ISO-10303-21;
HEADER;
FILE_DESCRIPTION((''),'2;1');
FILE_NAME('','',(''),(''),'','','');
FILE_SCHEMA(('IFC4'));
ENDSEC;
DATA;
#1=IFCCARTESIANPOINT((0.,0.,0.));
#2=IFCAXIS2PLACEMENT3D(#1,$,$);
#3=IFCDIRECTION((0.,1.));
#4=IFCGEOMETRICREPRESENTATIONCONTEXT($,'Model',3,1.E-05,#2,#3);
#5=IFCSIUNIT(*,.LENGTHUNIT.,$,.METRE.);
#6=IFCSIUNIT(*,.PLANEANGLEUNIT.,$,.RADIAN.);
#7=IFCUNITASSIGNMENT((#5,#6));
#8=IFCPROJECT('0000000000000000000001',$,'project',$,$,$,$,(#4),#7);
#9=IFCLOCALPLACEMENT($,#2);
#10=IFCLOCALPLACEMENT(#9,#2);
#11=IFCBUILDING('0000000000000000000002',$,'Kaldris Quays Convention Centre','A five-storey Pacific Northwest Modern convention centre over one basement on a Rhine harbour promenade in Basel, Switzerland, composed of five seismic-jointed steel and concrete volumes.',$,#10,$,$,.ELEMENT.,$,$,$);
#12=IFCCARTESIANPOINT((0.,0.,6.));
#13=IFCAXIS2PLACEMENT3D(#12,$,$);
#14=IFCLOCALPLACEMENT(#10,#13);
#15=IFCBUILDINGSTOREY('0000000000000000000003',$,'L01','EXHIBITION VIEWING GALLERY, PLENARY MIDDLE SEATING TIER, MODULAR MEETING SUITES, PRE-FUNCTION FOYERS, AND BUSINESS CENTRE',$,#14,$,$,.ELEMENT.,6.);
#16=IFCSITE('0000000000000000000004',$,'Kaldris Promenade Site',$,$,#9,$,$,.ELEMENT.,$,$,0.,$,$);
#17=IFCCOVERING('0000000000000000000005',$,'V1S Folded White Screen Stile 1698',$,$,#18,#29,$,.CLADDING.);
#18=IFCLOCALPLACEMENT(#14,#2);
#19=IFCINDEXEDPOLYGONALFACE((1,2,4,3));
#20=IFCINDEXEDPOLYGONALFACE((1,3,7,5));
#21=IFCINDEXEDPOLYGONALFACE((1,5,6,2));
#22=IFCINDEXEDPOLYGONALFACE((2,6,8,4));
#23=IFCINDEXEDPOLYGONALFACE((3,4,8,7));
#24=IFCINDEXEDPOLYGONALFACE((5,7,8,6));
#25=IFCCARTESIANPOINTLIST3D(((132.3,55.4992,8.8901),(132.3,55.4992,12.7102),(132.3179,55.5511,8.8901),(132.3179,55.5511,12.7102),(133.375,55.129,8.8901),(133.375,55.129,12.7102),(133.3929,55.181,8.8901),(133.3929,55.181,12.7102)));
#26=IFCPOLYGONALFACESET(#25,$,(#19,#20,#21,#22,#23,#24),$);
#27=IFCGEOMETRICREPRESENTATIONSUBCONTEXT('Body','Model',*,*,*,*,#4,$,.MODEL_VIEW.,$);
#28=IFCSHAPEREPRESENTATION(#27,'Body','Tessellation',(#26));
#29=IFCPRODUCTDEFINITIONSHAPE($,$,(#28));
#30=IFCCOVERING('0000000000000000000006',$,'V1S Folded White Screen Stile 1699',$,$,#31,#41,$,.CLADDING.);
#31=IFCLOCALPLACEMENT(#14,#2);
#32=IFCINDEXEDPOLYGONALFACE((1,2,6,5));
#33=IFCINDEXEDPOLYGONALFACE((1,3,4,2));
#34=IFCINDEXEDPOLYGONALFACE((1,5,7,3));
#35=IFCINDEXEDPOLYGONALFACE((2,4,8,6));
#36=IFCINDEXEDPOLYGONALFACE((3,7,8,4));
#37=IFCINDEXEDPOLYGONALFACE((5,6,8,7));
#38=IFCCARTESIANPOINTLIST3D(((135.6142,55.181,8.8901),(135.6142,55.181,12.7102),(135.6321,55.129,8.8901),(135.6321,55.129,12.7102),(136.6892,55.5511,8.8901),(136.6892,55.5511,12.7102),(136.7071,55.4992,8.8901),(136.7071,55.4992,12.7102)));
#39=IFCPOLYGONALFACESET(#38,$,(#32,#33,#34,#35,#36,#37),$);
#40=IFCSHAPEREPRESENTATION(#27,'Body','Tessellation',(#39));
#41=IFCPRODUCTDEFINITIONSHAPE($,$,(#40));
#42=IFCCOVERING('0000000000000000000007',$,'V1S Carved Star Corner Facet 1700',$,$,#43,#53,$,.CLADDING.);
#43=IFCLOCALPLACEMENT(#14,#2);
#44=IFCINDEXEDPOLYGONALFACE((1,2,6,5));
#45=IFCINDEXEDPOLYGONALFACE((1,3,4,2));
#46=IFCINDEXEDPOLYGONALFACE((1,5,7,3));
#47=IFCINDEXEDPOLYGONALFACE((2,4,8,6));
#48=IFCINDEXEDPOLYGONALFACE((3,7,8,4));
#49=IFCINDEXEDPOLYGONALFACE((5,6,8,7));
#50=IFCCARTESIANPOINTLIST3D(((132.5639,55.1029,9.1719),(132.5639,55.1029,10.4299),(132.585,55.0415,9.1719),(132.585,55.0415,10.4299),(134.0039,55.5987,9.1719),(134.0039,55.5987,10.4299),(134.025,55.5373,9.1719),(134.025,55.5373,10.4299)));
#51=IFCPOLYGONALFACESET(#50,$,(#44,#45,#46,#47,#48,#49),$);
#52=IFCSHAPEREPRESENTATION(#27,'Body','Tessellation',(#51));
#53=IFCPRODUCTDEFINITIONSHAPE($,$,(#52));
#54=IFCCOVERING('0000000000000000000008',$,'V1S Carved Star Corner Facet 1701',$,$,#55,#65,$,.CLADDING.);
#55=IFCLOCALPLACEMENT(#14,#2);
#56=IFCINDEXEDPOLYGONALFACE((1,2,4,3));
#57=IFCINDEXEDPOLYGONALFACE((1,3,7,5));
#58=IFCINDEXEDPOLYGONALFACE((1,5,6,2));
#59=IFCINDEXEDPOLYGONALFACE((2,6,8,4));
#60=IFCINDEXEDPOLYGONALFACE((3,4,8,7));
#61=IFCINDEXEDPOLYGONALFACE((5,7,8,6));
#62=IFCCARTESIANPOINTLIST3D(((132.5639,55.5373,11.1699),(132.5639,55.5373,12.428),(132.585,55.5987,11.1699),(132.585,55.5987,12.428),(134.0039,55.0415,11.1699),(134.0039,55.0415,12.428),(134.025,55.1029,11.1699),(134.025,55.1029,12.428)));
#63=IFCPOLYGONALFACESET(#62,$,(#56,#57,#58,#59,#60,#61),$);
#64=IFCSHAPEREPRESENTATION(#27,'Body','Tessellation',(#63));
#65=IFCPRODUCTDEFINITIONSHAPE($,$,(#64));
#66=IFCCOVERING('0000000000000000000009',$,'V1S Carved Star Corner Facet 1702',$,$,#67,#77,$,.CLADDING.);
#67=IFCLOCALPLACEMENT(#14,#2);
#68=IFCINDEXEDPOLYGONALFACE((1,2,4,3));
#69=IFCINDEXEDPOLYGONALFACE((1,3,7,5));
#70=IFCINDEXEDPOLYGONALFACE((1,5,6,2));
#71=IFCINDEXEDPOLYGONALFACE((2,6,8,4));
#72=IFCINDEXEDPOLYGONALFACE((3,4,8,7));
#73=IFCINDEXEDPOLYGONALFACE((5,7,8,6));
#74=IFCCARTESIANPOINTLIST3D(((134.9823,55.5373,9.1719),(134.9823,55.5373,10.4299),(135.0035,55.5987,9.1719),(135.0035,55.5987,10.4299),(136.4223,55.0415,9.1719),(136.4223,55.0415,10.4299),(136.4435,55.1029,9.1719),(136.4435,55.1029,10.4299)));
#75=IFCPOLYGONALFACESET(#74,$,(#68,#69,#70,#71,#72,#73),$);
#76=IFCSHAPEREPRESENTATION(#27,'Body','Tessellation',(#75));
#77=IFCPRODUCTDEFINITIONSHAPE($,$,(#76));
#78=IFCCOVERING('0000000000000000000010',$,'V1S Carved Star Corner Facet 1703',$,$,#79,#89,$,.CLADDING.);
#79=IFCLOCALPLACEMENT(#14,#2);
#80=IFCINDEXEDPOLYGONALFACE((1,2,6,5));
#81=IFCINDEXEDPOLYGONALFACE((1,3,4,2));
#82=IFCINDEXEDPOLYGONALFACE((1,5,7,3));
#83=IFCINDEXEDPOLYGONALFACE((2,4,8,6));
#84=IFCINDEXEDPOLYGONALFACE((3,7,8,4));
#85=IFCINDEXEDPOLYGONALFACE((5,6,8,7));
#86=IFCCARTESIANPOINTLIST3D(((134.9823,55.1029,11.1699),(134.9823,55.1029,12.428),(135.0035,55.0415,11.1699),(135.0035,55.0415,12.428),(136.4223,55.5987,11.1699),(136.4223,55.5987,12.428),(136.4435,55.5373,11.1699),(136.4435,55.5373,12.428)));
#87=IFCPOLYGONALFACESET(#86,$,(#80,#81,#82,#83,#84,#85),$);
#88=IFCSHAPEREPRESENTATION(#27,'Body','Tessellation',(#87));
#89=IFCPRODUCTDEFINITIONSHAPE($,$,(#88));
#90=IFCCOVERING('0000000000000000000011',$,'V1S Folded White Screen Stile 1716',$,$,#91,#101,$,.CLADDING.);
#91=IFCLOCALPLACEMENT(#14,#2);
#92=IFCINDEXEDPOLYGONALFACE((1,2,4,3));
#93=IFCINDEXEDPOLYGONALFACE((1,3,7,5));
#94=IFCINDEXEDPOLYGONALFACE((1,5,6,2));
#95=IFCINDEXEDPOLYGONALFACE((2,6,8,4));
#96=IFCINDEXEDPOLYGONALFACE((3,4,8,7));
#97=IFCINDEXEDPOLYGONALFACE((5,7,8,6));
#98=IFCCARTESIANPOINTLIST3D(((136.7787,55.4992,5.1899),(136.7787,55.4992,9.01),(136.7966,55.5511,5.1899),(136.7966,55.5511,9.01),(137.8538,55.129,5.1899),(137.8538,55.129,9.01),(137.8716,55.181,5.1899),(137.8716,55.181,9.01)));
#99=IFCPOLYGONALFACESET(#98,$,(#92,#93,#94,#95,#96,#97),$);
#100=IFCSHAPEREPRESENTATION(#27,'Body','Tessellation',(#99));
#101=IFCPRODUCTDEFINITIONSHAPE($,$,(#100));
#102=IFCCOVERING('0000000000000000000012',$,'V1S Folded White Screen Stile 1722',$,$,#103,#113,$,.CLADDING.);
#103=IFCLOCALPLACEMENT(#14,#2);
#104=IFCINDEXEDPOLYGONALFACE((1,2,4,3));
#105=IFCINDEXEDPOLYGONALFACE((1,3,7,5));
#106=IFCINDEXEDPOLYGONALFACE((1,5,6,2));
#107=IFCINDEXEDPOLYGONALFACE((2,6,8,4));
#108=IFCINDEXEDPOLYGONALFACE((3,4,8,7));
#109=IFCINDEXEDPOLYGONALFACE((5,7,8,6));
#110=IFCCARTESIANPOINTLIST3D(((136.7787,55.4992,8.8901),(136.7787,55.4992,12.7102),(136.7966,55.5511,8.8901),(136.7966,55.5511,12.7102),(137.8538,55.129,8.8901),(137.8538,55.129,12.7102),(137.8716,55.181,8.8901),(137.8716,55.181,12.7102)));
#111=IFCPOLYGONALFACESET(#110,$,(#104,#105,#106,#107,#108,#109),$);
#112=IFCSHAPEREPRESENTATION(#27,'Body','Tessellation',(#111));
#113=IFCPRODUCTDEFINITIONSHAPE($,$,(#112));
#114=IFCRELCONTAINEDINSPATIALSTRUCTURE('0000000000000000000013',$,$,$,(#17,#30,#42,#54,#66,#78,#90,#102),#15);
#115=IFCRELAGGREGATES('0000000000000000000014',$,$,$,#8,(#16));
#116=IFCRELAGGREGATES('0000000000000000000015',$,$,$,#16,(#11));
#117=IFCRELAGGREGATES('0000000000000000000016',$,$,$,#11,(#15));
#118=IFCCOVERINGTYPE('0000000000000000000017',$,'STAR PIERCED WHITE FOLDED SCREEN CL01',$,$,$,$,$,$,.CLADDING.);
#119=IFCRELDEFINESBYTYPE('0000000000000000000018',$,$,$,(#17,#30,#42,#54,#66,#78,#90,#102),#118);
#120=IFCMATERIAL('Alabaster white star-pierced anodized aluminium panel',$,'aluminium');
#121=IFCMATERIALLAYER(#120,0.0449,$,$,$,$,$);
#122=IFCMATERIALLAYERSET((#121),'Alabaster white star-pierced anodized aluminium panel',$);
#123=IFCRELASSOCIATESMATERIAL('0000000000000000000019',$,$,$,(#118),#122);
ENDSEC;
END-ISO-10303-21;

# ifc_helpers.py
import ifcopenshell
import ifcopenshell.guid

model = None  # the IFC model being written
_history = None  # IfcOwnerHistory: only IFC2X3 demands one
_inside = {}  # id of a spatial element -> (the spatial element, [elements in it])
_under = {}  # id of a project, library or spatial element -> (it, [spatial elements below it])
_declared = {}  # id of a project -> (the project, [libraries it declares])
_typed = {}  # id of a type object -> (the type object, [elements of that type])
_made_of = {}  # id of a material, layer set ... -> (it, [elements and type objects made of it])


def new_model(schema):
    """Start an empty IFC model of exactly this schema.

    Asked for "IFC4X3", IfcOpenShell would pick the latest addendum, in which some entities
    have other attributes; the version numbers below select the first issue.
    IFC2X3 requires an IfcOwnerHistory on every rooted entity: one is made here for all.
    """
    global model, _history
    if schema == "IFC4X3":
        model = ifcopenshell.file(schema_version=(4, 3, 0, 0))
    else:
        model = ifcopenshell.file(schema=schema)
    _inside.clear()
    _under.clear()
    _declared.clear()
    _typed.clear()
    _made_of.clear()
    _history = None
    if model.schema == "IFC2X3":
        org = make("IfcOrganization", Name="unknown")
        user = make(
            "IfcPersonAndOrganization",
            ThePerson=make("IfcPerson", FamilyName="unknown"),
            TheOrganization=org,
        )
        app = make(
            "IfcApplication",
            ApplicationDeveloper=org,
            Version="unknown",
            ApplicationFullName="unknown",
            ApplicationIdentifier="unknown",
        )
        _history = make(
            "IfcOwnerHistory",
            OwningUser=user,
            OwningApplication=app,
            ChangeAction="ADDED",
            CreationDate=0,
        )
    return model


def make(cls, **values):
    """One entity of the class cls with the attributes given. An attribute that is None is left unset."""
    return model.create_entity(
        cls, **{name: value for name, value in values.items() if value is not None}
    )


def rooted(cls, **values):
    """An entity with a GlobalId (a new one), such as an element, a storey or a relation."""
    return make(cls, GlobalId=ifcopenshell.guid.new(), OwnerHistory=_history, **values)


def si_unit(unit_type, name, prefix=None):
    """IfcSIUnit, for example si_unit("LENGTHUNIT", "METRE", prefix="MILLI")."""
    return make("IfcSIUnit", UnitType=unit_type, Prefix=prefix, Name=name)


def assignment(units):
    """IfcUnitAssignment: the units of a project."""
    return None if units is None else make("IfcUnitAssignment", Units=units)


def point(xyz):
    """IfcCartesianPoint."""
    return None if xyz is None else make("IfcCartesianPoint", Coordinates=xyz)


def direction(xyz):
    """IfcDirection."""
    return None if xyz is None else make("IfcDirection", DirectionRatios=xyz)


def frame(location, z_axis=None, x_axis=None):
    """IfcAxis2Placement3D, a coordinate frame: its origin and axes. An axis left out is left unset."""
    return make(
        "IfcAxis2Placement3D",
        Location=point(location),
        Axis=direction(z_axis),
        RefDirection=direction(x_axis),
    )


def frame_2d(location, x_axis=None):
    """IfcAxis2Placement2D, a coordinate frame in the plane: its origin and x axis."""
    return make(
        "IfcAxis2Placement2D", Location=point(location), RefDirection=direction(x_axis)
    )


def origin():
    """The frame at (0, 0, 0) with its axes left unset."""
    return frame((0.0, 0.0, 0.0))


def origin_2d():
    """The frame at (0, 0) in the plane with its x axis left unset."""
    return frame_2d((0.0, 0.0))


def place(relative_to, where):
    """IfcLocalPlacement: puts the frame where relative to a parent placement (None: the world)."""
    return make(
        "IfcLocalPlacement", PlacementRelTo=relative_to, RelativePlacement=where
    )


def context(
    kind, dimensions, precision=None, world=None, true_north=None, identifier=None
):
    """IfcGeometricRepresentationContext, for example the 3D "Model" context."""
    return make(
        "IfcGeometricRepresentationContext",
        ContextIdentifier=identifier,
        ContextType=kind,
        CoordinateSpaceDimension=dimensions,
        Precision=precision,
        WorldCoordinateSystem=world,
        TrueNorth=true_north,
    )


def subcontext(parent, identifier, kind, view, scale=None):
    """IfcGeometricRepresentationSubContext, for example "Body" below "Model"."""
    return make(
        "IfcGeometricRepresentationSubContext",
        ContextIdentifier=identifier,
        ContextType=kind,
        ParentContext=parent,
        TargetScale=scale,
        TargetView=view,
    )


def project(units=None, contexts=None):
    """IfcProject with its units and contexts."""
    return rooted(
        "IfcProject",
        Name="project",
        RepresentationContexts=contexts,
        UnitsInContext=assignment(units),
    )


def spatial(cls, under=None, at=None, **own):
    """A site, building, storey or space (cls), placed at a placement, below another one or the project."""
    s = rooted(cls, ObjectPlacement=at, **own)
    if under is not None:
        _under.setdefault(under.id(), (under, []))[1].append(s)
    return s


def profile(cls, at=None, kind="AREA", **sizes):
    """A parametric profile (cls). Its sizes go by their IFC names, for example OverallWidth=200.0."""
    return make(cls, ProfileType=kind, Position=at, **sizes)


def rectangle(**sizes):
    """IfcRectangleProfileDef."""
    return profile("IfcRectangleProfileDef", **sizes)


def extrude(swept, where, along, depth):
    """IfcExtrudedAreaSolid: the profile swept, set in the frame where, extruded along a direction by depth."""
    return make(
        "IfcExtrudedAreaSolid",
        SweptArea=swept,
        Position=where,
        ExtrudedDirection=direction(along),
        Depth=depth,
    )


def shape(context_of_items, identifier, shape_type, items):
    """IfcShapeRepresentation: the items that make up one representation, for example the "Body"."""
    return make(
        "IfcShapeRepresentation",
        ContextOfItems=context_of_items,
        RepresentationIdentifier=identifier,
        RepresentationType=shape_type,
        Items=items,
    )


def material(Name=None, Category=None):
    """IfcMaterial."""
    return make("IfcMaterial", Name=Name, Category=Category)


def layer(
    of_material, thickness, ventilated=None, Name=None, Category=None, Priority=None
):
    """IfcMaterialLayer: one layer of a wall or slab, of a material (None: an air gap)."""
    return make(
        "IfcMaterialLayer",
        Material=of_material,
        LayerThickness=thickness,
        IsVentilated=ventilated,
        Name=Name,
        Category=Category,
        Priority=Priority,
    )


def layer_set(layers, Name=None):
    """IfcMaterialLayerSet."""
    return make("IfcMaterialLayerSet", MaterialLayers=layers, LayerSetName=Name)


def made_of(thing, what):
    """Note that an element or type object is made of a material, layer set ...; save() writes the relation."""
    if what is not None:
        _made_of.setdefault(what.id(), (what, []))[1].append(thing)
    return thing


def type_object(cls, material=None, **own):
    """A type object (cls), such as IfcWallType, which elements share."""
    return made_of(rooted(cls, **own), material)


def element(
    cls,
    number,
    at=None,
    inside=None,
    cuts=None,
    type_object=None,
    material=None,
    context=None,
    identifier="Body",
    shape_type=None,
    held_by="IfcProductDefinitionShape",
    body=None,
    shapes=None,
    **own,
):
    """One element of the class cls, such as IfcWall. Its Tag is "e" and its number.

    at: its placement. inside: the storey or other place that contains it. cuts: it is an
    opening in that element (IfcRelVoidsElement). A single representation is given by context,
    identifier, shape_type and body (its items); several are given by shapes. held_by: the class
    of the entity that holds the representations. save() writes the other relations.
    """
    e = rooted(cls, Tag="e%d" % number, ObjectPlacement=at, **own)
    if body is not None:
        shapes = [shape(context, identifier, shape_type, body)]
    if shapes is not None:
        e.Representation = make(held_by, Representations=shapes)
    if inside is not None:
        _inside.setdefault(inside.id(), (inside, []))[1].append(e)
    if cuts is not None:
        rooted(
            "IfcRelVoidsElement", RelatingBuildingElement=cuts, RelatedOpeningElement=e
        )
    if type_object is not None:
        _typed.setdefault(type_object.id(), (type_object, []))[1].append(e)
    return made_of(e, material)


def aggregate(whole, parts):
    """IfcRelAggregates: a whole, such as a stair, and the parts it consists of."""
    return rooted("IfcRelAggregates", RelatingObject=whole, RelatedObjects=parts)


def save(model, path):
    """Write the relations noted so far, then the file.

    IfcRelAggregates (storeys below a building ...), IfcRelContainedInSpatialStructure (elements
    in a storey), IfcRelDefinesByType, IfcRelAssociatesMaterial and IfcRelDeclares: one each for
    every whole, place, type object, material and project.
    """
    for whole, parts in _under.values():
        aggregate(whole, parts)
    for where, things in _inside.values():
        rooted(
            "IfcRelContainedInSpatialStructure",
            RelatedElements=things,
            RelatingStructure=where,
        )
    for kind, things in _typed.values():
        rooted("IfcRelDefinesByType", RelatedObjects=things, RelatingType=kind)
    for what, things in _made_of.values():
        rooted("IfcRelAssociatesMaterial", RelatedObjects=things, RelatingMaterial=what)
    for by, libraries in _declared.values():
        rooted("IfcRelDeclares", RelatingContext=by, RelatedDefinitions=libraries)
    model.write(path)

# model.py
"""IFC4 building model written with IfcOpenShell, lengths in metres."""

from ifc_helpers import new_model, si_unit, direction, frame, origin, origin_2d, place, context, subcontext, project, spatial, rectangle, extrude, material, layer, layer_set, type_object, element, save


model = new_model("IFC4")

# Units and contexts
model_context = context("Model", 3, precision=1e-05, world=origin(), true_north=direction((0.0, 1.0)))
body_context = subcontext(model_context, "Body", "Model", "MODEL_VIEW")
ifc_project = project(units=[si_unit("LENGTHUNIT", "METRE"), si_unit("PLANEANGLEUNIT", "RADIAN")], contexts=[model_context])

# Site, building, storey
site_placement = place(None, origin())
site = spatial("IfcSite", under=ifc_project, at=site_placement, Name="Kaldris Promenade Site", CompositionType="ELEMENT", RefElevation=0.0)
building_placement = place(site_placement, origin())
building = spatial("IfcBuilding", under=site, at=building_placement, Name="Kaldris Quays Convention Centre", Description="A five-storey Pacific Northwest Modern convention centre over one basement on a Rhine harbour promenade in Basel, Switzerland, composed of five seismic-jointed steel and concrete volumes.", CompositionType="ELEMENT")
storey_placement = place(building_placement, frame((0.0, 0.0, 6.0)))
storey = spatial("IfcBuildingStorey", under=building, at=storey_placement, Name="L01", Description="EXHIBITION VIEWING GALLERY, PLENARY MIDDLE SEATING TIER, MODULAR MEETING SUITES, PRE-FUNCTION FOYERS, AND BUSINESS CENTRE", CompositionType="ELEMENT", Elevation=6.0)

# Coverings
ifc_material = material(Name="Alabaster white star-pierced anodized aluminium panel", Category="aluminium")
ifc_layer = layer(ifc_material, 0.0449)
ifc_layer_set = layer_set([ifc_layer], Name="Alabaster white star-pierced anodized aluminium panel")
covering_type = type_object("IfcCoveringType", Name="STAR PIERCED WHITE FOLDED SCREEN CL01", PredefinedType="CLADDING", material=ifc_layer_set)
for number, where, z_axis, x_axis, name in (
    (1, (132.8464, 55.3401, 8.8901), (0.0, 0.0, 1.0), (0.945519, -0.325568, 0.0), "V1S Folded White Screen Stile 1698"),
    (2, (136.1606, 55.3401, 8.8901), (0.0, 0.0, 1.0), (0.945519, 0.325568, 0.0), "V1S Folded White Screen Stile 1699"),
):
    element("IfcCovering", number, at=place(storey_placement, frame(where, z_axis=z_axis, x_axis=x_axis)), inside=storey, type_object=covering_type, Name=name, PredefinedType="CLADDING", context=body_context, shape_type="SweptSolid", body=[
        extrude(rectangle(XDim=1.137, YDim=0.0549, at=origin_2d()), origin(), (0.0, 0.0, 1.0), 3.8201),
    ])
for number, where, z_axis, x_axis, name in (
    (3, (133.2944, 55.3201, 9.1719), (0.0, 0.0, 1.0), (0.945519, 0.325568, 0.0), "V1S Carved Star Corner Facet 1700"),
    (4, (133.2944, 55.3201, 11.1699), (0.0, 0.0, 1.0), (0.945519, -0.325568, 0.0), "V1S Carved Star Corner Facet 1701"),
    (5, (135.7129, 55.3201, 9.1719), (0.0, 0.0, 1.0), (0.945519, -0.325568, 0.0), "V1S Carved Star Corner Facet 1702"),
    (6, (135.7129, 55.3201, 11.1699), (0.0, 0.0, 1.0), (0.945519, 0.325568, 0.0), "V1S Carved Star Corner Facet 1703"),
):
    element("IfcCovering", number, at=place(storey_placement, frame(where, z_axis=z_axis, x_axis=x_axis)), inside=storey, type_object=covering_type, Name=name, PredefinedType="CLADDING", context=body_context, shape_type="SweptSolid", body=[
        extrude(rectangle(XDim=1.5229, YDim=0.0649, at=origin_2d()), origin(), (0.0, 0.0, 1.0), 1.2581),
    ])
for number, where, z_axis, x_axis, name in (
    (7, (137.3252, 55.3401, 5.1899), (0.0, 0.0, 1.0), (0.945519, -0.325568, 0.0), "V1S Folded White Screen Stile 1716"),
    (8, (137.3252, 55.3401, 8.8901), (0.0, 0.0, 1.0), (0.945519, -0.325568, 0.0), "V1S Folded White Screen Stile 1722"),
):
    element("IfcCovering", number, at=place(storey_placement, frame(where, z_axis=z_axis, x_axis=x_axis)), inside=storey, type_object=covering_type, Name=name, PredefinedType="CLADDING", context=body_context, shape_type="SweptSolid", body=[
        extrude(rectangle(XDim=1.137, YDim=0.0549, at=origin_2d()), origin(), (0.0, 0.0, 1.0), 3.8201),
    ])

save(model, "model.ifc")
